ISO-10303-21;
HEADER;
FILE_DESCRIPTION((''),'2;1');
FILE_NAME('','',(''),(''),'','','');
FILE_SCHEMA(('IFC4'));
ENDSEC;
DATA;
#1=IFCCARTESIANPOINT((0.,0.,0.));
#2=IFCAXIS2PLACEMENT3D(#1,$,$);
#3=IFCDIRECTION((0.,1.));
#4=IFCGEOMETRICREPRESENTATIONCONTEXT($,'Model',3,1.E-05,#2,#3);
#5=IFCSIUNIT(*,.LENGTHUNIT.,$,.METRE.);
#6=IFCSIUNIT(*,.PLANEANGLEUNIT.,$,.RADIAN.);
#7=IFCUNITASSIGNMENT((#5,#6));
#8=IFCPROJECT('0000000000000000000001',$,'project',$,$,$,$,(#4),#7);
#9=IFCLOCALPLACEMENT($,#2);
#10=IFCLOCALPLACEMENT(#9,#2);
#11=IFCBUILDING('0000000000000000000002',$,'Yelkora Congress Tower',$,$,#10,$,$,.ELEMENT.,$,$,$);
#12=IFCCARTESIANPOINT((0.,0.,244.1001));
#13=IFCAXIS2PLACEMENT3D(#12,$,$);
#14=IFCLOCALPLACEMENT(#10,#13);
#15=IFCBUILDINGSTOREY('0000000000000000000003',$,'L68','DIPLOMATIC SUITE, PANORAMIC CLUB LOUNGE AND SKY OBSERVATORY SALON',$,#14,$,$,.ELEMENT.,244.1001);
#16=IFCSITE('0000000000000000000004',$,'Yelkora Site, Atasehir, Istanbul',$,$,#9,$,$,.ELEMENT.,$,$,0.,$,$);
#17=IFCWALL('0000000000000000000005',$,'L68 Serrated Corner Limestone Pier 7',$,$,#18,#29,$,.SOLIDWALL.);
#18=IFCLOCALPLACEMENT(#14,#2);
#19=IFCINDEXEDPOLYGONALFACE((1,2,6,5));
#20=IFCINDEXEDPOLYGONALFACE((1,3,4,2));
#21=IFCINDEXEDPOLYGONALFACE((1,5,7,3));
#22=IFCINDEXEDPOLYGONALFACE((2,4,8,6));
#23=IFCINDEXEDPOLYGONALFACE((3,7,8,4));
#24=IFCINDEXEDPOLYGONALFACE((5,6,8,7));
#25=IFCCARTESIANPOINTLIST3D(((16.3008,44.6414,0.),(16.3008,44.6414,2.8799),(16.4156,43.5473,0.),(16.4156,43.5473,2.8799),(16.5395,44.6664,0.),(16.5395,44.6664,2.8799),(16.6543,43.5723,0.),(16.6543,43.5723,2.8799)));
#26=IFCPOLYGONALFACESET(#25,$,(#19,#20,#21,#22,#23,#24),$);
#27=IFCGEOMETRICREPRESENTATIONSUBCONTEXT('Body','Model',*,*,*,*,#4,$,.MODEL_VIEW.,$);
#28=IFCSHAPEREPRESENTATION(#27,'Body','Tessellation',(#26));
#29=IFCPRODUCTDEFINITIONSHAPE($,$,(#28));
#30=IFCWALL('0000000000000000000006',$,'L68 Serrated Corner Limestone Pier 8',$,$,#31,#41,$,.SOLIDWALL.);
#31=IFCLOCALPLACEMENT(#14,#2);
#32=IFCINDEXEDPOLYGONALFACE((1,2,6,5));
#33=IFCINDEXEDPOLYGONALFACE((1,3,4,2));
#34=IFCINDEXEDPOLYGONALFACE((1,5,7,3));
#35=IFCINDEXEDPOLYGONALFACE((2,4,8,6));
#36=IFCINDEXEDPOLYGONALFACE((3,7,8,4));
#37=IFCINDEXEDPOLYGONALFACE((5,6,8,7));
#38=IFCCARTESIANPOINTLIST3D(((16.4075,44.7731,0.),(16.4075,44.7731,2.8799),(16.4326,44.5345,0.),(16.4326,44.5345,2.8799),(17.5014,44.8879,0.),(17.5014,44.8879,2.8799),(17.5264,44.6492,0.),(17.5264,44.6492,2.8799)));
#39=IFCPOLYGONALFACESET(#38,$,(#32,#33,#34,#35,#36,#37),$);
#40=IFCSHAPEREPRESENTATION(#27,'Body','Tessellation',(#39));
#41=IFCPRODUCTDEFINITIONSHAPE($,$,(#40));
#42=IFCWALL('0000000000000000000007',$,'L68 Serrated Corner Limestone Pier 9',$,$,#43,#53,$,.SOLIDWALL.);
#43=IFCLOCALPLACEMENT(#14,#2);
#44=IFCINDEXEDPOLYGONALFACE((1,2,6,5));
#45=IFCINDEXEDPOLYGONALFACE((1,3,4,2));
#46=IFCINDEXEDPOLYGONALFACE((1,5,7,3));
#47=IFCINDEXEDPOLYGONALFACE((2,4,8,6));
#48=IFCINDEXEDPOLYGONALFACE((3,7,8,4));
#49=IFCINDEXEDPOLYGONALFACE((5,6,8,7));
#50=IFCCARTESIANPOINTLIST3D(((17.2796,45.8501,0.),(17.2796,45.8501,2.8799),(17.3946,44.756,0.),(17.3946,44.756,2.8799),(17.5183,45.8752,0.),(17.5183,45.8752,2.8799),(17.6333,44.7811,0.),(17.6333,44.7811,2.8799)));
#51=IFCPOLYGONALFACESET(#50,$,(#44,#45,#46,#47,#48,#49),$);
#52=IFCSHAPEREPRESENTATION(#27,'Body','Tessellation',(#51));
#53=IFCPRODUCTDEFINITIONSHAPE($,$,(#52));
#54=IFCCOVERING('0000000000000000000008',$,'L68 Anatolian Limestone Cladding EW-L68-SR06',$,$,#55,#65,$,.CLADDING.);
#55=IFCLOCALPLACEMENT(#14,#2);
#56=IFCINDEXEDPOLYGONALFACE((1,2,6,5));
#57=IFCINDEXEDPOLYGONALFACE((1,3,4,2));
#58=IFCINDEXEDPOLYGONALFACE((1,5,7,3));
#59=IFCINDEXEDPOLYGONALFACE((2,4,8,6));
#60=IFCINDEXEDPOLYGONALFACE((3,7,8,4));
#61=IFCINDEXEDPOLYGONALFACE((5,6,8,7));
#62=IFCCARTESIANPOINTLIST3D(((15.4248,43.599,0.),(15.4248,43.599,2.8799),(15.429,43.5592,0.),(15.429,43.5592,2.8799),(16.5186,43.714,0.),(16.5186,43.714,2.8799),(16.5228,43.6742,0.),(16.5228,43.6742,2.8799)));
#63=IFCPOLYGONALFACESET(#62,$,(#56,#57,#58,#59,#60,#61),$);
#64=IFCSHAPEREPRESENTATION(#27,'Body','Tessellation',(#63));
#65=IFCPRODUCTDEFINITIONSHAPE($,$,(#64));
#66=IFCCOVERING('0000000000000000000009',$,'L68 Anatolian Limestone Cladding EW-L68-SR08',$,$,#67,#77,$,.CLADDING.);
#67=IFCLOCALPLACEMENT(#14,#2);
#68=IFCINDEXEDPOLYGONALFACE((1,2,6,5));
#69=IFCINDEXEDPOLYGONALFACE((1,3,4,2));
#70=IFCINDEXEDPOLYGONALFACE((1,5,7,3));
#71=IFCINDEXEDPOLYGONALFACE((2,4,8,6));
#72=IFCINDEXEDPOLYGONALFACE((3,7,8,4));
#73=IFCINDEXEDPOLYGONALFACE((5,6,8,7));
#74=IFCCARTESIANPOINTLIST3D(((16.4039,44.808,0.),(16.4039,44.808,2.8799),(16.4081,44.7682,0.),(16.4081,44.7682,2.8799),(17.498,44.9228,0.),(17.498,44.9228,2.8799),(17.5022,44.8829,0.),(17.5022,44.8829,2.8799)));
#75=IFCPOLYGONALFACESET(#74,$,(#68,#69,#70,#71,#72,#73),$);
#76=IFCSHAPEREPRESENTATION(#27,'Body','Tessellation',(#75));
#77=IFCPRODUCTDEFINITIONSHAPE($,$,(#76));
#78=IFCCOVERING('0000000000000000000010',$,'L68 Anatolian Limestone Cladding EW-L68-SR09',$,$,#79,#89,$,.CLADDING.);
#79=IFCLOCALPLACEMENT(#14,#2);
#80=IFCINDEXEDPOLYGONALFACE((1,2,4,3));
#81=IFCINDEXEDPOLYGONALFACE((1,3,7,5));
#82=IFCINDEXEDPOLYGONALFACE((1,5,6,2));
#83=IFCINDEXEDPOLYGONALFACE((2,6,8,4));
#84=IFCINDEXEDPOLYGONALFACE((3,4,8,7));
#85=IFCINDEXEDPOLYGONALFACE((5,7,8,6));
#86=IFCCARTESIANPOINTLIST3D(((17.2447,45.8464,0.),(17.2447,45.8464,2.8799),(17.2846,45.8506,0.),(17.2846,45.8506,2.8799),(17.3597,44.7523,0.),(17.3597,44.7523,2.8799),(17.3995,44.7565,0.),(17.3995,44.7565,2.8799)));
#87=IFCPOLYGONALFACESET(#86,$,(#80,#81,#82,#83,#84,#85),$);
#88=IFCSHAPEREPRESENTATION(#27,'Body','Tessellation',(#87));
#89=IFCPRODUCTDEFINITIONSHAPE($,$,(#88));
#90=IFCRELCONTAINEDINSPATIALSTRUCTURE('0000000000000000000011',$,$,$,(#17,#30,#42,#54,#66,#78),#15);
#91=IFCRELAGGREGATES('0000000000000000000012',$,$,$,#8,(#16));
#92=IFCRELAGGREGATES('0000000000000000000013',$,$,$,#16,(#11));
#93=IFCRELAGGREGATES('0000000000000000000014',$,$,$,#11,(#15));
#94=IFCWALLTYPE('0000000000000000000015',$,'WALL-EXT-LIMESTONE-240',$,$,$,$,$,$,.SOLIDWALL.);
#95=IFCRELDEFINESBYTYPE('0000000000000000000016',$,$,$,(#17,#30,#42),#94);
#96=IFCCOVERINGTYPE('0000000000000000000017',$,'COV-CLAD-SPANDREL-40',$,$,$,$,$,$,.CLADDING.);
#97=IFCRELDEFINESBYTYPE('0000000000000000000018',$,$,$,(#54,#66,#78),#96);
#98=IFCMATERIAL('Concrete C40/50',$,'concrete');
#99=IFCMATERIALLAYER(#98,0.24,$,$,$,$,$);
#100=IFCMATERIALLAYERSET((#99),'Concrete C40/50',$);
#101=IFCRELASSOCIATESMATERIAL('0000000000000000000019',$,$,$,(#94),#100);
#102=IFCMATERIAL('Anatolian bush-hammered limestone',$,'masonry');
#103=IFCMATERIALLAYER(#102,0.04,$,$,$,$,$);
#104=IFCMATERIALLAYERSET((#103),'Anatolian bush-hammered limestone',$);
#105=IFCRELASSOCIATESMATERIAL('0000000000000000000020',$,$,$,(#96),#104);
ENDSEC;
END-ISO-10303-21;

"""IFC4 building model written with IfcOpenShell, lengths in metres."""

from ifc_helpers import new_model, si_unit, direction, frame, frame_2d, origin, place, context, subcontext, project, spatial, rectangle, extrude, material, layer, layer_set, type_object, element, save


model = new_model("IFC4")

# Units and contexts
model_context = context("Model", 3, precision=1e-05, world=origin(), true_north=direction((0.0, 1.0)))
body_context = subcontext(model_context, "Body", "Model", "MODEL_VIEW")
ifc_project = project(units=[si_unit("LENGTHUNIT", "METRE"), si_unit("PLANEANGLEUNIT", "RADIAN")], contexts=[model_context])

# Site, building, storey
site_placement = place(None, origin())
site = spatial("IfcSite", under=ifc_project, at=site_placement, Name="Yelkora Site, Atasehir, Istanbul", CompositionType="ELEMENT", RefElevation=0.0)
building_placement = place(site_placement, origin())
building = spatial("IfcBuilding", under=site, at=building_placement, Name="Yelkora Congress Tower", CompositionType="ELEMENT")
storey_placement = place(building_placement, frame((0.0, 0.0, 244.1001)))
storey = spatial("IfcBuildingStorey", under=building, at=storey_placement, Name="L68", Description="DIPLOMATIC SUITE, PANORAMIC CLUB LOUNGE AND SKY OBSERVATORY SALON", CompositionType="ELEMENT", Elevation=244.1001)

# Walls
ifc_material_1 = material(Name="Concrete C40/50", Category="concrete")
ifc_layer_1 = layer(ifc_material_1, 0.24)
ifc_layer_set_1 = layer_set([ifc_layer_1], Name="Concrete C40/50")
wall_type_1 = type_object("IfcWallType", Name="WALL-EXT-LIMESTONE-240", PredefinedType="SOLIDWALL", material=ifc_layer_set_1)
wall_1_placement = place(storey_placement, frame((16.5349, 43.5598, 0.0), z_axis=(0.0, 0.0, 1.0), x_axis=(-0.104315, 0.994544, 0.0)))
element("IfcWall", 1, at=wall_1_placement, inside=storey, type_object=wall_type_1, Name="L68 Serrated Corner Limestone Pier 7", PredefinedType="SOLIDWALL", context=body_context, shape_type="SweptSolid", body=[
    extrude(rectangle(XDim=1.1001, YDim=0.24, at=frame_2d((0.55, 0.0))), origin(), (0.0, 0.0, 1.0), 2.8799),
])
wall_2_placement = place(storey_placement, frame((16.4202, 44.6538, 0.0), z_axis=(0.0, 0.0, 1.0), x_axis=(0.994542, 0.104338, 0.0)))
element("IfcWall", 2, at=wall_2_placement, inside=storey, type_object=wall_type_1, Name="L68 Serrated Corner Limestone Pier 8", PredefinedType="SOLIDWALL", context=body_context, shape_type="SweptSolid", body=[
    extrude(rectangle(XDim=1.0999, YDim=0.24, at=frame_2d((0.5498, 0.0))), origin(), (0.0, 0.0, 1.0), 2.8799),
])
wall_3_placement = place(storey_placement, frame((17.5139, 44.7686, 0.0), z_axis=(0.0, 0.0, 1.0), x_axis=(-0.104535, 0.994521, 0.0)))
element("IfcWall", 3, at=wall_3_placement, inside=storey, type_object=wall_type_1, Name="L68 Serrated Corner Limestone Pier 9", PredefinedType="SOLIDWALL", context=body_context, shape_type="SweptSolid", body=[
    extrude(rectangle(XDim=1.1001, YDim=0.24, at=frame_2d((0.55, 0.0))), origin(), (0.0, 0.0, 1.0), 2.8799),
])

# Coverings
ifc_material_2 = material(Name="Anatolian bush-hammered limestone", Category="masonry")
ifc_layer_2 = layer(ifc_material_2, 0.04)
ifc_layer_set_2 = layer_set([ifc_layer_2], Name="Anatolian bush-hammered limestone")
covering_type = type_object("IfcCoveringType", Name="COV-CLAD-SPANDREL-40", PredefinedType="CLADDING", material=ifc_layer_set_2)
covering_placement = place(storey_placement, frame((15.427, 43.5791, 0.0), z_axis=(0.0, 0.0, 1.0), x_axis=(0.994519, 0.104558, 0.0)))
element("IfcCovering", 4, at=covering_placement, inside=storey, type_object=covering_type, Name="L68 Anatolian Limestone Cladding EW-L68-SR06", PredefinedType="CLADDING", context=body_context, shape_type="SweptSolid", body=[
    extrude(rectangle(XDim=1.0999, YDim=0.04, at=frame_2d((0.5498, 0.0))), origin(), (0.0, 0.0, 1.0), 2.8799),
])
for number, where, z_axis, x_axis, name in (
    (5, (16.406, 44.7881, 0.0), (0.0, 0.0, 1.0), (0.994544, 0.104315, 0.0), "L68 Anatolian Limestone Cladding EW-L68-SR08"),
    (6, (17.3796, 44.7544, 0.0), (0.0, 0.0, 1.0), (-0.104535, 0.994521, 0.0), "L68 Anatolian Limestone Cladding EW-L68-SR09"),
):
    element("IfcCovering", number, at=place(storey_placement, frame(where, z_axis=z_axis, x_axis=x_axis)), inside=storey, type_object=covering_type, Name=name, PredefinedType="CLADDING", context=body_context, shape_type="SweptSolid", body=[
        extrude(rectangle(XDim=1.1001, YDim=0.04, at=frame_2d((0.55, 0.0))), origin(), (0.0, 0.0, 1.0), 2.8799),
    ])

save(model, "model.ifc")
